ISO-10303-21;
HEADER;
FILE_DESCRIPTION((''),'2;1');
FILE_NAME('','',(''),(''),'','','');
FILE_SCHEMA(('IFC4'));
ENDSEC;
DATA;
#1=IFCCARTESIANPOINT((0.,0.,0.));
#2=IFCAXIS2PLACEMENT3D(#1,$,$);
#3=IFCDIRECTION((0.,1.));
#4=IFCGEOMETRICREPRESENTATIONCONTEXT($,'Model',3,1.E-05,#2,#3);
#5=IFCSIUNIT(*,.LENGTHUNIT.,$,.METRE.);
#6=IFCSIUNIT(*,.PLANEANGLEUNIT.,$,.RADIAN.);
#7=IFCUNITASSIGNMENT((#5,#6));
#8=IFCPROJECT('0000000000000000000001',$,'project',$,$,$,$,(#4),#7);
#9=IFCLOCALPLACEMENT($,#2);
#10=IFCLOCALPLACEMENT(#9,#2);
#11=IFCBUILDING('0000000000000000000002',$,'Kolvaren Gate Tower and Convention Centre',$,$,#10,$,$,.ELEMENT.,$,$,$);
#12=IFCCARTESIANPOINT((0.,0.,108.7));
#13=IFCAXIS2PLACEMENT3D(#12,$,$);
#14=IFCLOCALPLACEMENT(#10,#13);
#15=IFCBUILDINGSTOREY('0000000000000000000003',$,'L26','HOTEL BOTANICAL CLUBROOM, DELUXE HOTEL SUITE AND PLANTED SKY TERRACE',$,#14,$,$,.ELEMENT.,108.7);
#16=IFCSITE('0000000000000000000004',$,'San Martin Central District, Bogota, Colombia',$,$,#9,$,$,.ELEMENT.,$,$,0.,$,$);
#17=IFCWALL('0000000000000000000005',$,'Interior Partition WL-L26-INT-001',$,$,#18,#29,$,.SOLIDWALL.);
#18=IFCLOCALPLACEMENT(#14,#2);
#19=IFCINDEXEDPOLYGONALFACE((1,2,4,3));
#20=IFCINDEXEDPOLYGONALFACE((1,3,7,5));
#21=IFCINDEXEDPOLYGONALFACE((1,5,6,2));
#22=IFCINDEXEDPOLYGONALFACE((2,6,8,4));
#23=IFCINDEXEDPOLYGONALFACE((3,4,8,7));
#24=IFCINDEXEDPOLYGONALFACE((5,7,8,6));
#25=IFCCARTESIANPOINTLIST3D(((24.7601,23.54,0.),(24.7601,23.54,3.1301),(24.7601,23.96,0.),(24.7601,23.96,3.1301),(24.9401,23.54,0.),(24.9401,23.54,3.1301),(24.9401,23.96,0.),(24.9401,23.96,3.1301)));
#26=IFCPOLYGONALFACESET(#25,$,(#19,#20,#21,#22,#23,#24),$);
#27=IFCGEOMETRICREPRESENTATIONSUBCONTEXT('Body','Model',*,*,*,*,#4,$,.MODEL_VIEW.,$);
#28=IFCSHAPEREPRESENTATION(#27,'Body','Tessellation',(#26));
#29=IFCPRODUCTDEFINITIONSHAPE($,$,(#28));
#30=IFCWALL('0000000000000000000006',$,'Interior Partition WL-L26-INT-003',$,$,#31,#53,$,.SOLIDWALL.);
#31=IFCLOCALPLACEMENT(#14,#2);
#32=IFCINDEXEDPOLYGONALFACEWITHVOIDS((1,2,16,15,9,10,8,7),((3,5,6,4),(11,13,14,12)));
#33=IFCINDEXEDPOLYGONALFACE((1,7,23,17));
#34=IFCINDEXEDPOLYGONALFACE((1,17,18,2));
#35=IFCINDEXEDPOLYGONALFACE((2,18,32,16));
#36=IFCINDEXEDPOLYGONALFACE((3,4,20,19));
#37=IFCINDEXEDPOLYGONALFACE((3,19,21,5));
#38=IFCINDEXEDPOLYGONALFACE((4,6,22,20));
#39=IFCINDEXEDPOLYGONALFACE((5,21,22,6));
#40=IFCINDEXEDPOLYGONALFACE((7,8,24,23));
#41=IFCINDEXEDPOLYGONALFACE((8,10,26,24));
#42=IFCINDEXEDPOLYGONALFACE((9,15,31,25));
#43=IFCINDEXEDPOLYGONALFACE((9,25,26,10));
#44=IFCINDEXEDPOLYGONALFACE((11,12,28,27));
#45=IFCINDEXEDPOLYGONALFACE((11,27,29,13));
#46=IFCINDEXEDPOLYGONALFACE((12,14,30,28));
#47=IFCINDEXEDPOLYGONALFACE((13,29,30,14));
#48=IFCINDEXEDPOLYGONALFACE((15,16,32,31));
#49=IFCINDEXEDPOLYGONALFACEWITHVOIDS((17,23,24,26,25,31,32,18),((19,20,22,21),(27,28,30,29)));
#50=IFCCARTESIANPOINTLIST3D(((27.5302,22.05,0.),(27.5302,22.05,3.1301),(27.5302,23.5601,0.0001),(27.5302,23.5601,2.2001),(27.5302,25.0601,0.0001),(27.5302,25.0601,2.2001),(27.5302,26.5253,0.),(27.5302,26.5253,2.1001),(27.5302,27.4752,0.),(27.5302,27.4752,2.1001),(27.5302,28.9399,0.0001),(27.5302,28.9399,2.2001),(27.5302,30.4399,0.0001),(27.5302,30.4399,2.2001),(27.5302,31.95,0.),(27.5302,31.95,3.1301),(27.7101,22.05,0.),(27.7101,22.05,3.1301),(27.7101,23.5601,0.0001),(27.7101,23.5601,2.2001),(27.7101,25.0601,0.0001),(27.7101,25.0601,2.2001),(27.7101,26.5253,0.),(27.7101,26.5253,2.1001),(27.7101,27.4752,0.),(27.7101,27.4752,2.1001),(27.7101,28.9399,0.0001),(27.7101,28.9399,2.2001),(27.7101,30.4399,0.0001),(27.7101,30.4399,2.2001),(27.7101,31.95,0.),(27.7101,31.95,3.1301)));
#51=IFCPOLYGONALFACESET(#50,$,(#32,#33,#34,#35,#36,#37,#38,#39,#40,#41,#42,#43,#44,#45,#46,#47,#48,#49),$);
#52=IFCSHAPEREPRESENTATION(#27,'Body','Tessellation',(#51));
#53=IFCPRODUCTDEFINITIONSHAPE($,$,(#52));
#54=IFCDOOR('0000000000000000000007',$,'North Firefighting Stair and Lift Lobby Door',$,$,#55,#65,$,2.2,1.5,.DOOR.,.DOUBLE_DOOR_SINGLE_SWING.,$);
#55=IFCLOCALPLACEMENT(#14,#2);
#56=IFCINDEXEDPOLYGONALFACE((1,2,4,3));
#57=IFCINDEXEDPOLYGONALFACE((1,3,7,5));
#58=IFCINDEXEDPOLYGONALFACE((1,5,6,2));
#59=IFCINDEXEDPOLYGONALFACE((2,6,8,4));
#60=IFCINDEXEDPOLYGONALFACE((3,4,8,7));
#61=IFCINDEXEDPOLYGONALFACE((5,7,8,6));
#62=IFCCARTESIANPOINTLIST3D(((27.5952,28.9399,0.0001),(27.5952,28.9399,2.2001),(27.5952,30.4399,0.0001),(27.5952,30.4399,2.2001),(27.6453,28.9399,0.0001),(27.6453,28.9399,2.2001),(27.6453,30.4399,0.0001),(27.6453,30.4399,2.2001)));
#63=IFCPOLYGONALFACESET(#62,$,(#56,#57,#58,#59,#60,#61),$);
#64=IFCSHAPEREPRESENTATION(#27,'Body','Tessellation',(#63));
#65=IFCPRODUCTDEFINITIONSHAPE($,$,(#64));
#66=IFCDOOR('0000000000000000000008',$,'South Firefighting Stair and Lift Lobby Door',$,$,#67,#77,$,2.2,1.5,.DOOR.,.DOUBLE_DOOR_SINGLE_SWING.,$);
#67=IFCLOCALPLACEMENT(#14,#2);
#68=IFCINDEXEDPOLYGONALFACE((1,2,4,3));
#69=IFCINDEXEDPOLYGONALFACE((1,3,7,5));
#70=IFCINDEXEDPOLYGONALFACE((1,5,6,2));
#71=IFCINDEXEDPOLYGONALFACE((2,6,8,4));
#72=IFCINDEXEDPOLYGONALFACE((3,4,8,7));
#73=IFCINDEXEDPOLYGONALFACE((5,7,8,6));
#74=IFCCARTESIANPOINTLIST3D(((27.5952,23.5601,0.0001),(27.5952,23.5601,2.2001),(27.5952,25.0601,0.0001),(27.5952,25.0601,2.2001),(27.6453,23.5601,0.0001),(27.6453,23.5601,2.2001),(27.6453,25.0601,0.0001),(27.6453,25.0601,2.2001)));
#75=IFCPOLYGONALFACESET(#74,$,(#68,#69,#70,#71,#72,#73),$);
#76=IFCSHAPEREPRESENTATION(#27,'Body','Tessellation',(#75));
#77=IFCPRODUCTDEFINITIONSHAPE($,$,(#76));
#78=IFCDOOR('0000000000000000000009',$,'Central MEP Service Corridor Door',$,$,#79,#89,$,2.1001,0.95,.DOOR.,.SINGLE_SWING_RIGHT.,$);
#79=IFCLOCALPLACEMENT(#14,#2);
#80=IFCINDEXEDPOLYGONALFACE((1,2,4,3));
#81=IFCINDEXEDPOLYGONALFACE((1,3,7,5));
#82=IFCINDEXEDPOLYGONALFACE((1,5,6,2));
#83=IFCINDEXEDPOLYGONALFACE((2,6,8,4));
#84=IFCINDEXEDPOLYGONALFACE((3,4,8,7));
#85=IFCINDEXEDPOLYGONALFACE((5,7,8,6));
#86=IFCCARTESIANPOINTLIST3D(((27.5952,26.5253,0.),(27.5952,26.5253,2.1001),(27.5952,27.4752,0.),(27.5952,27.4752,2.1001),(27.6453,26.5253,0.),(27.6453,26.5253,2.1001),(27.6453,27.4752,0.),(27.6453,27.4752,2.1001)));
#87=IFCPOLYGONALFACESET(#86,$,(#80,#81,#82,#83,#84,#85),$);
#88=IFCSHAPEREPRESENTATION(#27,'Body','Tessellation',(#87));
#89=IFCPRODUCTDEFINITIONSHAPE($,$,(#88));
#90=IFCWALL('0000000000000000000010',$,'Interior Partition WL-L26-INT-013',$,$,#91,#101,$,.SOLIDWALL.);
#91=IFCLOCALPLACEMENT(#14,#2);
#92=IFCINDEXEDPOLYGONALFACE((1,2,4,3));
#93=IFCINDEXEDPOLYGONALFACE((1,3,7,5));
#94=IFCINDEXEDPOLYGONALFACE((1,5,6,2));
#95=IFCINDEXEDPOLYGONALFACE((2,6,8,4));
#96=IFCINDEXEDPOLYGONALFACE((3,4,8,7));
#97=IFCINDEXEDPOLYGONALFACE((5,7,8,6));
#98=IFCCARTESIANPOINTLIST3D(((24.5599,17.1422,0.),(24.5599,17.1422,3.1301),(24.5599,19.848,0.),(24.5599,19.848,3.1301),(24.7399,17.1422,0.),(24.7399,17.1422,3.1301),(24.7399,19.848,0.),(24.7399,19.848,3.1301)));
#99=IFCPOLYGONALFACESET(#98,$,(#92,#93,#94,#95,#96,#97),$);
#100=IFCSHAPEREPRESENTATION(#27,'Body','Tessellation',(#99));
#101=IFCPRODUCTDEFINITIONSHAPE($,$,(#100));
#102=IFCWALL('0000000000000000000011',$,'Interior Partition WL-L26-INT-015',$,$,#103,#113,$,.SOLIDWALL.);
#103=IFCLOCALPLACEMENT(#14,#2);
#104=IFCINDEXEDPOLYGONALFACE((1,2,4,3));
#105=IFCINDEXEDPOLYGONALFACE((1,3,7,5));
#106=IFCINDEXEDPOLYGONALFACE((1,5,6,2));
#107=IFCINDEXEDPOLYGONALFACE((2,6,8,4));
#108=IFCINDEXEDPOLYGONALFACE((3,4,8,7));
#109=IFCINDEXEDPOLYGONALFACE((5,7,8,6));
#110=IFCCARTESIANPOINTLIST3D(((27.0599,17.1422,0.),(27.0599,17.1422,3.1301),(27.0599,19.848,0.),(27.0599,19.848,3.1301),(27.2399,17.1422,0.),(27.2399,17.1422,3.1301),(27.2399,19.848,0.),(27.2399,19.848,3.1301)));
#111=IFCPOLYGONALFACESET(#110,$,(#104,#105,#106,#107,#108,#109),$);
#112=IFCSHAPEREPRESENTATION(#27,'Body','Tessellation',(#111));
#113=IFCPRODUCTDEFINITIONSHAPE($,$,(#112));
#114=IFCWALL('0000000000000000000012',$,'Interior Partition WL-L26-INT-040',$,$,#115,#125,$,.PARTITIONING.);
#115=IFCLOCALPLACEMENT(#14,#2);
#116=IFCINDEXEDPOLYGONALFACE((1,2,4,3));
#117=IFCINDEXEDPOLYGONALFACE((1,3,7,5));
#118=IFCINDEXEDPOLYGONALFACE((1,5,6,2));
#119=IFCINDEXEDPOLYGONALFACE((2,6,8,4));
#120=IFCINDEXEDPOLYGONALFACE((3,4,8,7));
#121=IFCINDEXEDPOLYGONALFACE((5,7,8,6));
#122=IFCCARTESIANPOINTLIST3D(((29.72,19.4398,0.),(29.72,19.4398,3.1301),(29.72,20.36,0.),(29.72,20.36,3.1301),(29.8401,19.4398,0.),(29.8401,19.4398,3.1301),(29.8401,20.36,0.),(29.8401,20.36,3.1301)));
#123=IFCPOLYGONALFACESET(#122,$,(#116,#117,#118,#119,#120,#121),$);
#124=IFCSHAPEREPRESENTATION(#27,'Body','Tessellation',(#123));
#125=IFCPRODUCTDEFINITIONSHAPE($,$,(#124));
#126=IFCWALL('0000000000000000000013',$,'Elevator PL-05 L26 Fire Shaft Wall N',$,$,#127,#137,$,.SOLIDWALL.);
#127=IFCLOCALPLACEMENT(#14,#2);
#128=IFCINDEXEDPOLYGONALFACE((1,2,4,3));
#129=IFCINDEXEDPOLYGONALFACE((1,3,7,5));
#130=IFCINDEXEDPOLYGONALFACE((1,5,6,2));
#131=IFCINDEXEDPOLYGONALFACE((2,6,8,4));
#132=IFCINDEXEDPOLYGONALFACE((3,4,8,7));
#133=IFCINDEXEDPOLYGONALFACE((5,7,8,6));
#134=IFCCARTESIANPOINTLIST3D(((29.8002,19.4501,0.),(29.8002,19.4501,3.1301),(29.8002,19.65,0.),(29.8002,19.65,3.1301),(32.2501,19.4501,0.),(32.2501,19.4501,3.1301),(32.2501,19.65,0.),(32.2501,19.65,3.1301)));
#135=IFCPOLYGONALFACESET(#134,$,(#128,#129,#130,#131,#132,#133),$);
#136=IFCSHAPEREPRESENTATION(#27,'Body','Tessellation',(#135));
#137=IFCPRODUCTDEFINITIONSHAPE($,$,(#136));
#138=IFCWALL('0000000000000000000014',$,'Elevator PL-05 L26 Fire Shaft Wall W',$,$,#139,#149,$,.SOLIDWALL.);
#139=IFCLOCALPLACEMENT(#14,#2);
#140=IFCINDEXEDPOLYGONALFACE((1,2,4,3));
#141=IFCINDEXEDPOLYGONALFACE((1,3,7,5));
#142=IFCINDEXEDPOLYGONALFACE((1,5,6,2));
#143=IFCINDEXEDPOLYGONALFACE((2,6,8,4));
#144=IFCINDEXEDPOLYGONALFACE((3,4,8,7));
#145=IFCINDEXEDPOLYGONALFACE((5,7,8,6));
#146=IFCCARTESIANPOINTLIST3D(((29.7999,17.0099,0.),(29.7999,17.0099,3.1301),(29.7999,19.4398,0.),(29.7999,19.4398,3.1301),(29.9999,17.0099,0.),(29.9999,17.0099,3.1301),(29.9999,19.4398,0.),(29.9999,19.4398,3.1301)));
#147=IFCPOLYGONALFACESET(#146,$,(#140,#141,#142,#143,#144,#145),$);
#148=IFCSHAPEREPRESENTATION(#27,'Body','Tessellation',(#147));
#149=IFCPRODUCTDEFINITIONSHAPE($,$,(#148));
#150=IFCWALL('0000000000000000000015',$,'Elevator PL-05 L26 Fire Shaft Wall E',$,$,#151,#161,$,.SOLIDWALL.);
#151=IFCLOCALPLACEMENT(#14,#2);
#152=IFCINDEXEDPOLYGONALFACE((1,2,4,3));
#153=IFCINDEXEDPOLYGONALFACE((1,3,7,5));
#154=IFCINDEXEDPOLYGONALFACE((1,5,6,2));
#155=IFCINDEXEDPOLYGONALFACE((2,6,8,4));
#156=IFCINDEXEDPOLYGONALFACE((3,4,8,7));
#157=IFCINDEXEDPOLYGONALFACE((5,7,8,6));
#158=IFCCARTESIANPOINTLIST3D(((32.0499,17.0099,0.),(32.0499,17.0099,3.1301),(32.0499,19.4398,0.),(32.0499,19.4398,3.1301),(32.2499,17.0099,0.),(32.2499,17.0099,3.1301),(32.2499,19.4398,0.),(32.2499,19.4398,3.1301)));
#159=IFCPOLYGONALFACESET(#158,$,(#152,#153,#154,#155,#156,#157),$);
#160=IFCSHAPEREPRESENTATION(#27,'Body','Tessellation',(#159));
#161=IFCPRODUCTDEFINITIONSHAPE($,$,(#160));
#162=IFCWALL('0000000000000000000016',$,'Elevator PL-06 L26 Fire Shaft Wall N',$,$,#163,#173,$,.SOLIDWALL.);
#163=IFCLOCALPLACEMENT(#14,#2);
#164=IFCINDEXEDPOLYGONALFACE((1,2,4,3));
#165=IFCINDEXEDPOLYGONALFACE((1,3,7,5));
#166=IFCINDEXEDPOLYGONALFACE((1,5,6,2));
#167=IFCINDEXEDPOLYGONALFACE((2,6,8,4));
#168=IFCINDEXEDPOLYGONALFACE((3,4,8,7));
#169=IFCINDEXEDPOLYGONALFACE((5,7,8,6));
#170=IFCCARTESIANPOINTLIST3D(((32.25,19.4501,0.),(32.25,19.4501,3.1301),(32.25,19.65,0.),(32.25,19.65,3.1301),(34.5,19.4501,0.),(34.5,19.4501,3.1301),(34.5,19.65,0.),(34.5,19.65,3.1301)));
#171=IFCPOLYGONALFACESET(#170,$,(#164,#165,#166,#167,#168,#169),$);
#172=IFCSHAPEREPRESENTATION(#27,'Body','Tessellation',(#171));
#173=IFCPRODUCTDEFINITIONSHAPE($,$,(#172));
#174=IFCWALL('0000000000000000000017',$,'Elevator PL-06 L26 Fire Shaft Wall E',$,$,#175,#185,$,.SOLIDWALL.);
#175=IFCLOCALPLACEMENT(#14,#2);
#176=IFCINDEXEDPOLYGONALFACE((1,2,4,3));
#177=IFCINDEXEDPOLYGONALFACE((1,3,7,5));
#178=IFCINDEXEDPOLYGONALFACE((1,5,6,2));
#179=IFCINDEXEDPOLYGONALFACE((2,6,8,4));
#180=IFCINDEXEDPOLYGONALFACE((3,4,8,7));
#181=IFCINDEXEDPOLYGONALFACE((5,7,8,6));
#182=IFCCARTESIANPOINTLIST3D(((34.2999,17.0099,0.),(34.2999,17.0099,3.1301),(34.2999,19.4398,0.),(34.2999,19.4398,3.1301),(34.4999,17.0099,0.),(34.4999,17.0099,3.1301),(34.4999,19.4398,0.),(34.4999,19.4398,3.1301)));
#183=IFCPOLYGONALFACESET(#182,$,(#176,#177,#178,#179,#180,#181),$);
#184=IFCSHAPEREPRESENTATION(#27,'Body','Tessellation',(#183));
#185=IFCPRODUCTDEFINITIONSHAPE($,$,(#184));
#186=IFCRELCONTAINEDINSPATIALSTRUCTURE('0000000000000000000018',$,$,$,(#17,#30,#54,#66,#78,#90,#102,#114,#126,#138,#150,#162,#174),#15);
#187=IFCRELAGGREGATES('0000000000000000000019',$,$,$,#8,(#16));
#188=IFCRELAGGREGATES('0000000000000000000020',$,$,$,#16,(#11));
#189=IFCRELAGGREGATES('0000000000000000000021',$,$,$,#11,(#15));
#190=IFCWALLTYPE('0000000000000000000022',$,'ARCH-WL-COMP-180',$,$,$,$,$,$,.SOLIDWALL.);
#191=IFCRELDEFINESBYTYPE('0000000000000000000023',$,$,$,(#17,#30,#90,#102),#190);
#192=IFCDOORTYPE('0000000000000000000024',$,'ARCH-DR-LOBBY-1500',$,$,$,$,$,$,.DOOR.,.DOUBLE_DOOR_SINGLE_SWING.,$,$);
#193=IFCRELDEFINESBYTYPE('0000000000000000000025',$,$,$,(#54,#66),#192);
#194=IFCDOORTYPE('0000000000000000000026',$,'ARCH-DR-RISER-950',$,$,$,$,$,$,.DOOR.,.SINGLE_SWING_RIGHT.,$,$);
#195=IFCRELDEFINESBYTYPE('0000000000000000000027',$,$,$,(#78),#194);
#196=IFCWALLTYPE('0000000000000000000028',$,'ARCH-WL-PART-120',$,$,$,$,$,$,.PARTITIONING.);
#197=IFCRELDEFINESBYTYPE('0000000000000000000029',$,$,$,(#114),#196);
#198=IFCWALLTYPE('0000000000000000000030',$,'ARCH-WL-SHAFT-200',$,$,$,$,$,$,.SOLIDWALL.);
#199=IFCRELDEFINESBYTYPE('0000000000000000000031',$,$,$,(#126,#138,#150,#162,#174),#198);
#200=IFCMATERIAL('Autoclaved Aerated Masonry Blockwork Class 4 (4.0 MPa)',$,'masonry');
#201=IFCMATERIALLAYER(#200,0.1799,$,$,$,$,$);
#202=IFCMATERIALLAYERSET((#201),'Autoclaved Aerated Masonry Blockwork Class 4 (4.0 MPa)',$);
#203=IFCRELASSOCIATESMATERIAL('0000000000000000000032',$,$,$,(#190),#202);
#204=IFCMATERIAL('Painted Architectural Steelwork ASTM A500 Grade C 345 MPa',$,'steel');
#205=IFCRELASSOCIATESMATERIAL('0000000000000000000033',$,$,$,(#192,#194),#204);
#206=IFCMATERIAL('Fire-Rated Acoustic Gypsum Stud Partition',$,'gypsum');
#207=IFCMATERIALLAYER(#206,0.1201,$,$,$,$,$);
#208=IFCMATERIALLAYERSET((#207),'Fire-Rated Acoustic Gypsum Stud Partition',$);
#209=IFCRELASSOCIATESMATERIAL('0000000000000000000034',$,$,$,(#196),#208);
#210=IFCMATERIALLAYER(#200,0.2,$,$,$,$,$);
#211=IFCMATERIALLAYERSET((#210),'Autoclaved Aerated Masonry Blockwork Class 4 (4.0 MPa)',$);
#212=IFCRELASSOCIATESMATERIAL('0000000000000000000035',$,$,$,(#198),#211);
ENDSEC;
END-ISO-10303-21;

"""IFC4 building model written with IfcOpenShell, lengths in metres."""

from ifc_helpers import new_model, si_unit, direction, frame, frame_2d, origin, place, context, subcontext, project, spatial, rectangle, extrude, material, layer, layer_set, type_object, element, fill, save


model = new_model("IFC4")

# Units and contexts
model_context = context("Model", 3, precision=1e-05, world=origin(), true_north=direction((0.0, 1.0)))
body_context = subcontext(model_context, "Body", "Model", "MODEL_VIEW")
ifc_project = project(units=[si_unit("LENGTHUNIT", "METRE"), si_unit("PLANEANGLEUNIT", "RADIAN")], contexts=[model_context])

# Site, building, storey
site_placement = place(None, origin())
site = spatial("IfcSite", under=ifc_project, at=site_placement, Name="San Martin Central District, Bogota, Colombia", CompositionType="ELEMENT", RefElevation=0.0)
building_placement = place(site_placement, origin())
building = spatial("IfcBuilding", under=site, at=building_placement, Name="Kolvaren Gate Tower and Convention Centre", CompositionType="ELEMENT")
storey_placement = place(building_placement, frame((0.0, 0.0, 108.7)))
storey = spatial("IfcBuildingStorey", under=building, at=storey_placement, Name="L26", Description="HOTEL BOTANICAL CLUBROOM, DELUXE HOTEL SUITE AND PLANTED SKY TERRACE", CompositionType="ELEMENT", Elevation=108.7)

# Wall
ifc_material_1 = material(Name="Autoclaved Aerated Masonry Blockwork Class 4 (4.0 MPa)", Category="masonry")
ifc_layer_1 = layer(ifc_material_1, 0.1799)
ifc_layer_set_1 = layer_set([ifc_layer_1], Name="Autoclaved Aerated Masonry Blockwork Class 4 (4.0 MPa)")
wall_type_1 = type_object("IfcWallType", Name="ARCH-WL-COMP-180", PredefinedType="SOLIDWALL", material=ifc_layer_set_1)
wall_1_placement = place(storey_placement, frame((24.8501, 23.54, 0.0), z_axis=(0.0, 0.0, 1.0), x_axis=(0.0, 1.0, 0.0)))
element("IfcWall", 1, at=wall_1_placement, inside=storey, type_object=wall_type_1, Name="Interior Partition WL-L26-INT-001", PredefinedType="SOLIDWALL", context=body_context, shape_type="SweptSolid", body=[
    extrude(rectangle(XDim=0.4199, YDim=0.1799, at=frame_2d((0.21, 0.0))), origin(), (0.0, 0.0, 1.0), 3.1301),
])

# Wall, openings, doors
wall_2_placement = place(storey_placement, frame((27.6201, 22.05, 0.0), z_axis=(0.0, 0.0, 1.0), x_axis=(0.0, 1.0, 0.0)))
wall_2 = element("IfcWall", 2, at=wall_2_placement, inside=storey, type_object=wall_type_1, Name="Interior Partition WL-L26-INT-003", PredefinedType="SOLIDWALL", context=body_context, shape_type="SweptSolid", body=[
    extrude(rectangle(XDim=9.8999, YDim=0.1799, at=frame_2d((4.95, 0.0))), origin(), (0.0, 0.0, 1.0), 3.1301),
])
opening_1_placement = place(wall_2_placement, frame((4.4751, 0.0, 0.0)))
opening_1 = element("IfcOpeningElement", 3, at=opening_1_placement, cuts=wall_2, PredefinedType="OPENING", context=body_context, shape_type="SweptSolid", body=[
    extrude(rectangle(XDim=0.95, YDim=2.1001, at=frame_2d((0.4751, 1.05))), frame((0.0, 0.0999, 0.0), z_axis=(0.0, -1.0, 0.0), x_axis=(1.0, 0.0, 0.0)), (0.0, 0.0, 1.0), 0.2),
])
opening_2_placement = place(wall_2_placement, frame((6.8899, 0.0, 0.0)))
opening_2 = element("IfcOpeningElement", 4, at=opening_2_placement, cuts=wall_2, PredefinedType="OPENING", context=body_context, shape_type="SweptSolid", body=[
    extrude(rectangle(XDim=1.5, YDim=2.2, at=frame_2d((0.75, 1.1001))), frame((0.0, 0.0999, 0.0), z_axis=(0.0, -1.0, 0.0), x_axis=(1.0, 0.0, 0.0)), (0.0, 0.0, 1.0), 0.2),
])
opening_3_placement = place(wall_2_placement, frame((1.51, 0.0, 0.0)))
opening_3 = element("IfcOpeningElement", 5, at=opening_3_placement, cuts=wall_2, PredefinedType="OPENING", context=body_context, shape_type="SweptSolid", body=[
    extrude(rectangle(XDim=1.5, YDim=2.2, at=frame_2d((0.75, 1.1001))), frame((0.0, 0.0999, 0.0), z_axis=(0.0, -1.0, 0.0), x_axis=(1.0, 0.0, 0.0)), (0.0, 0.0, 1.0), 0.2),
])
ifc_material_2 = material(Name="Painted Architectural Steelwork ASTM A500 Grade C 345 MPa", Category="steel")
door_type_1 = type_object("IfcDoorType", Name="ARCH-DR-LOBBY-1500", OperationType="DOUBLE_DOOR_SINGLE_SWING", PredefinedType="DOOR", material=ifc_material_2)
door_1_placement = place(opening_2_placement, origin())
door_1 = element("IfcDoor", 6, at=door_1_placement, inside=storey, type_object=door_type_1, Name="North Firefighting Stair and Lift Lobby Door", OperationType="DOUBLE_DOOR_SINGLE_SWING", OverallHeight=2.2, OverallWidth=1.5, PredefinedType="DOOR", context=body_context, shape_type="SweptSolid", body=[
    extrude(rectangle(XDim=1.5, YDim=2.2, at=frame_2d((0.75, 1.1001))), frame((0.0, 0.0249, 0.0), z_axis=(0.0, -1.0, 0.0), x_axis=(1.0, 0.0, 0.0)), (0.0, 0.0, 1.0), 0.05),
])
fill(opening_2, door_1)
door_2_placement = place(opening_3_placement, origin())
door_2 = element("IfcDoor", 7, at=door_2_placement, inside=storey, type_object=door_type_1, Name="South Firefighting Stair and Lift Lobby Door", OperationType="DOUBLE_DOOR_SINGLE_SWING", OverallHeight=2.2, OverallWidth=1.5, PredefinedType="DOOR", context=body_context, shape_type="SweptSolid", body=[
    extrude(rectangle(XDim=1.5, YDim=2.2, at=frame_2d((0.75, 1.1001))), frame((0.0, 0.0249, 0.0), z_axis=(0.0, -1.0, 0.0), x_axis=(1.0, 0.0, 0.0)), (0.0, 0.0, 1.0), 0.05),
])
fill(opening_3, door_2)
door_type_2 = type_object("IfcDoorType", Name="ARCH-DR-RISER-950", OperationType="SINGLE_SWING_RIGHT", PredefinedType="DOOR", material=ifc_material_2)
door_3_placement = place(opening_1_placement, origin())
door_3 = element("IfcDoor", 8, at=door_3_placement, inside=storey, type_object=door_type_2, Name="Central MEP Service Corridor Door", OperationType="SINGLE_SWING_RIGHT", OverallHeight=2.1001, OverallWidth=0.95, PredefinedType="DOOR", context=body_context, shape_type="SweptSolid", body=[
    extrude(rectangle(XDim=0.95, YDim=2.1001, at=frame_2d((0.4751, 1.05))), frame((0.0, 0.0249, 0.0), z_axis=(0.0, -1.0, 0.0), x_axis=(1.0, 0.0, 0.0)), (0.0, 0.0, 1.0), 0.05),
])
fill(opening_1, door_3)

# Walls
for number, where, z_axis, x_axis, name in (
    (9, (24.6499, 17.1421, 0.0), (0.0, 0.0, 1.0), (0.0, 1.0, 0.0), "Interior Partition WL-L26-INT-013"),
    (10, (27.1499, 17.1421, 0.0), (0.0, 0.0, 1.0), (0.0, 1.0, 0.0), "Interior Partition WL-L26-INT-015"),
):
    element("IfcWall", number, at=place(storey_placement, frame(where, z_axis=z_axis, x_axis=x_axis)), inside=storey, type_object=wall_type_1, Name=name, PredefinedType="SOLIDWALL", context=body_context, shape_type="SweptSolid", body=[
        extrude(rectangle(XDim=2.7058, YDim=0.1799, at=frame_2d((1.353, 0.0))), origin(), (0.0, 0.0, 1.0), 3.1301),
    ])
ifc_material_3 = material(Name="Fire-Rated Acoustic Gypsum Stud Partition", Category="gypsum")
ifc_layer_2 = layer(ifc_material_3, 0.1201)
ifc_layer_set_2 = layer_set([ifc_layer_2], Name="Fire-Rated Acoustic Gypsum Stud Partition")
wall_type_2 = type_object("IfcWallType", Name="ARCH-WL-PART-120", PredefinedType="PARTITIONING", material=ifc_layer_set_2)
wall_3_placement = place(storey_placement, frame((29.78, 19.4399, 0.0), z_axis=(0.0, 0.0, 1.0), x_axis=(0.0, 1.0, 0.0)))
element("IfcWall", 11, at=wall_3_placement, inside=storey, type_object=wall_type_2, Name="Interior Partition WL-L26-INT-040", PredefinedType="PARTITIONING", context=body_context, shape_type="SweptSolid", body=[
    extrude(rectangle(XDim=0.9202, YDim=0.1201, at=frame_2d((0.46, 0.0))), origin(), (0.0, 0.0, 1.0), 3.1301),
])
ifc_layer_3 = layer(ifc_material_1, 0.2)
ifc_layer_set_3 = layer_set([ifc_layer_3], Name="Autoclaved Aerated Masonry Blockwork Class 4 (4.0 MPa)")
wall_type_3 = type_object("IfcWallType", Name="ARCH-WL-SHAFT-200", PredefinedType="SOLIDWALL", material=ifc_layer_set_3)
wall_4_placement = place(storey_placement, frame((29.8, 19.55, 0.0), z_axis=(0.0, 0.0, 1.0), x_axis=(1.0, 0.0, 0.0)))
element("IfcWall", 12, at=wall_4_placement, inside=storey, type_object=wall_type_3, Name="Elevator PL-05 L26 Fire Shaft Wall N", PredefinedType="SOLIDWALL", context=body_context, shape_type="SweptSolid", body=[
    extrude(rectangle(XDim=2.45, YDim=0.2, at=frame_2d((1.2251, 0.0))), origin(), (0.0, 0.0, 1.0), 3.1301),
])
for number, where, z_axis, x_axis, name in (
    (13, (29.8999, 17.01, 0.0), (0.0, 0.0, 1.0), (0.0, 1.0, 0.0), "Elevator PL-05 L26 Fire Shaft Wall W"),
    (14, (32.1499, 17.01, 0.0), (0.0, 0.0, 1.0), (0.0, 1.0, 0.0), "Elevator PL-05 L26 Fire Shaft Wall E"),
):
    element("IfcWall", number, at=place(storey_placement, frame(where, z_axis=z_axis, x_axis=x_axis)), inside=storey, type_object=wall_type_3, Name=name, PredefinedType="SOLIDWALL", context=body_context, shape_type="SweptSolid", body=[
        extrude(rectangle(XDim=2.4299, YDim=0.2, at=frame_2d((1.2148, 0.0))), origin(), (0.0, 0.0, 1.0), 3.1301),
    ])
wall_5_placement = place(storey_placement, frame((32.25, 19.55, 0.0), z_axis=(0.0, 0.0, 1.0), x_axis=(1.0, 0.0, 0.0)))
element("IfcWall", 15, at=wall_5_placement, inside=storey, type_object=wall_type_3, Name="Elevator PL-06 L26 Fire Shaft Wall N", PredefinedType="SOLIDWALL", context=body_context, shape_type="SweptSolid", body=[
    extrude(rectangle(XDim=2.25, YDim=0.2, at=frame_2d((1.125, 0.0))), origin(), (0.0, 0.0, 1.0), 3.1301),
])
wall_6_placement = place(storey_placement, frame((34.3999, 17.01, 0.0), z_axis=(0.0, 0.0, 1.0), x_axis=(0.0, 1.0, 0.0)))
element("IfcWall", 16, at=wall_6_placement, inside=storey, type_object=wall_type_3, Name="Elevator PL-06 L26 Fire Shaft Wall E", PredefinedType="SOLIDWALL", context=body_context, shape_type="SweptSolid", body=[
    extrude(rectangle(XDim=2.4299, YDim=0.2, at=frame_2d((1.2148, 0.0))), origin(), (0.0, 0.0, 1.0), 3.1301),
])

save(model, "model.ifc")
